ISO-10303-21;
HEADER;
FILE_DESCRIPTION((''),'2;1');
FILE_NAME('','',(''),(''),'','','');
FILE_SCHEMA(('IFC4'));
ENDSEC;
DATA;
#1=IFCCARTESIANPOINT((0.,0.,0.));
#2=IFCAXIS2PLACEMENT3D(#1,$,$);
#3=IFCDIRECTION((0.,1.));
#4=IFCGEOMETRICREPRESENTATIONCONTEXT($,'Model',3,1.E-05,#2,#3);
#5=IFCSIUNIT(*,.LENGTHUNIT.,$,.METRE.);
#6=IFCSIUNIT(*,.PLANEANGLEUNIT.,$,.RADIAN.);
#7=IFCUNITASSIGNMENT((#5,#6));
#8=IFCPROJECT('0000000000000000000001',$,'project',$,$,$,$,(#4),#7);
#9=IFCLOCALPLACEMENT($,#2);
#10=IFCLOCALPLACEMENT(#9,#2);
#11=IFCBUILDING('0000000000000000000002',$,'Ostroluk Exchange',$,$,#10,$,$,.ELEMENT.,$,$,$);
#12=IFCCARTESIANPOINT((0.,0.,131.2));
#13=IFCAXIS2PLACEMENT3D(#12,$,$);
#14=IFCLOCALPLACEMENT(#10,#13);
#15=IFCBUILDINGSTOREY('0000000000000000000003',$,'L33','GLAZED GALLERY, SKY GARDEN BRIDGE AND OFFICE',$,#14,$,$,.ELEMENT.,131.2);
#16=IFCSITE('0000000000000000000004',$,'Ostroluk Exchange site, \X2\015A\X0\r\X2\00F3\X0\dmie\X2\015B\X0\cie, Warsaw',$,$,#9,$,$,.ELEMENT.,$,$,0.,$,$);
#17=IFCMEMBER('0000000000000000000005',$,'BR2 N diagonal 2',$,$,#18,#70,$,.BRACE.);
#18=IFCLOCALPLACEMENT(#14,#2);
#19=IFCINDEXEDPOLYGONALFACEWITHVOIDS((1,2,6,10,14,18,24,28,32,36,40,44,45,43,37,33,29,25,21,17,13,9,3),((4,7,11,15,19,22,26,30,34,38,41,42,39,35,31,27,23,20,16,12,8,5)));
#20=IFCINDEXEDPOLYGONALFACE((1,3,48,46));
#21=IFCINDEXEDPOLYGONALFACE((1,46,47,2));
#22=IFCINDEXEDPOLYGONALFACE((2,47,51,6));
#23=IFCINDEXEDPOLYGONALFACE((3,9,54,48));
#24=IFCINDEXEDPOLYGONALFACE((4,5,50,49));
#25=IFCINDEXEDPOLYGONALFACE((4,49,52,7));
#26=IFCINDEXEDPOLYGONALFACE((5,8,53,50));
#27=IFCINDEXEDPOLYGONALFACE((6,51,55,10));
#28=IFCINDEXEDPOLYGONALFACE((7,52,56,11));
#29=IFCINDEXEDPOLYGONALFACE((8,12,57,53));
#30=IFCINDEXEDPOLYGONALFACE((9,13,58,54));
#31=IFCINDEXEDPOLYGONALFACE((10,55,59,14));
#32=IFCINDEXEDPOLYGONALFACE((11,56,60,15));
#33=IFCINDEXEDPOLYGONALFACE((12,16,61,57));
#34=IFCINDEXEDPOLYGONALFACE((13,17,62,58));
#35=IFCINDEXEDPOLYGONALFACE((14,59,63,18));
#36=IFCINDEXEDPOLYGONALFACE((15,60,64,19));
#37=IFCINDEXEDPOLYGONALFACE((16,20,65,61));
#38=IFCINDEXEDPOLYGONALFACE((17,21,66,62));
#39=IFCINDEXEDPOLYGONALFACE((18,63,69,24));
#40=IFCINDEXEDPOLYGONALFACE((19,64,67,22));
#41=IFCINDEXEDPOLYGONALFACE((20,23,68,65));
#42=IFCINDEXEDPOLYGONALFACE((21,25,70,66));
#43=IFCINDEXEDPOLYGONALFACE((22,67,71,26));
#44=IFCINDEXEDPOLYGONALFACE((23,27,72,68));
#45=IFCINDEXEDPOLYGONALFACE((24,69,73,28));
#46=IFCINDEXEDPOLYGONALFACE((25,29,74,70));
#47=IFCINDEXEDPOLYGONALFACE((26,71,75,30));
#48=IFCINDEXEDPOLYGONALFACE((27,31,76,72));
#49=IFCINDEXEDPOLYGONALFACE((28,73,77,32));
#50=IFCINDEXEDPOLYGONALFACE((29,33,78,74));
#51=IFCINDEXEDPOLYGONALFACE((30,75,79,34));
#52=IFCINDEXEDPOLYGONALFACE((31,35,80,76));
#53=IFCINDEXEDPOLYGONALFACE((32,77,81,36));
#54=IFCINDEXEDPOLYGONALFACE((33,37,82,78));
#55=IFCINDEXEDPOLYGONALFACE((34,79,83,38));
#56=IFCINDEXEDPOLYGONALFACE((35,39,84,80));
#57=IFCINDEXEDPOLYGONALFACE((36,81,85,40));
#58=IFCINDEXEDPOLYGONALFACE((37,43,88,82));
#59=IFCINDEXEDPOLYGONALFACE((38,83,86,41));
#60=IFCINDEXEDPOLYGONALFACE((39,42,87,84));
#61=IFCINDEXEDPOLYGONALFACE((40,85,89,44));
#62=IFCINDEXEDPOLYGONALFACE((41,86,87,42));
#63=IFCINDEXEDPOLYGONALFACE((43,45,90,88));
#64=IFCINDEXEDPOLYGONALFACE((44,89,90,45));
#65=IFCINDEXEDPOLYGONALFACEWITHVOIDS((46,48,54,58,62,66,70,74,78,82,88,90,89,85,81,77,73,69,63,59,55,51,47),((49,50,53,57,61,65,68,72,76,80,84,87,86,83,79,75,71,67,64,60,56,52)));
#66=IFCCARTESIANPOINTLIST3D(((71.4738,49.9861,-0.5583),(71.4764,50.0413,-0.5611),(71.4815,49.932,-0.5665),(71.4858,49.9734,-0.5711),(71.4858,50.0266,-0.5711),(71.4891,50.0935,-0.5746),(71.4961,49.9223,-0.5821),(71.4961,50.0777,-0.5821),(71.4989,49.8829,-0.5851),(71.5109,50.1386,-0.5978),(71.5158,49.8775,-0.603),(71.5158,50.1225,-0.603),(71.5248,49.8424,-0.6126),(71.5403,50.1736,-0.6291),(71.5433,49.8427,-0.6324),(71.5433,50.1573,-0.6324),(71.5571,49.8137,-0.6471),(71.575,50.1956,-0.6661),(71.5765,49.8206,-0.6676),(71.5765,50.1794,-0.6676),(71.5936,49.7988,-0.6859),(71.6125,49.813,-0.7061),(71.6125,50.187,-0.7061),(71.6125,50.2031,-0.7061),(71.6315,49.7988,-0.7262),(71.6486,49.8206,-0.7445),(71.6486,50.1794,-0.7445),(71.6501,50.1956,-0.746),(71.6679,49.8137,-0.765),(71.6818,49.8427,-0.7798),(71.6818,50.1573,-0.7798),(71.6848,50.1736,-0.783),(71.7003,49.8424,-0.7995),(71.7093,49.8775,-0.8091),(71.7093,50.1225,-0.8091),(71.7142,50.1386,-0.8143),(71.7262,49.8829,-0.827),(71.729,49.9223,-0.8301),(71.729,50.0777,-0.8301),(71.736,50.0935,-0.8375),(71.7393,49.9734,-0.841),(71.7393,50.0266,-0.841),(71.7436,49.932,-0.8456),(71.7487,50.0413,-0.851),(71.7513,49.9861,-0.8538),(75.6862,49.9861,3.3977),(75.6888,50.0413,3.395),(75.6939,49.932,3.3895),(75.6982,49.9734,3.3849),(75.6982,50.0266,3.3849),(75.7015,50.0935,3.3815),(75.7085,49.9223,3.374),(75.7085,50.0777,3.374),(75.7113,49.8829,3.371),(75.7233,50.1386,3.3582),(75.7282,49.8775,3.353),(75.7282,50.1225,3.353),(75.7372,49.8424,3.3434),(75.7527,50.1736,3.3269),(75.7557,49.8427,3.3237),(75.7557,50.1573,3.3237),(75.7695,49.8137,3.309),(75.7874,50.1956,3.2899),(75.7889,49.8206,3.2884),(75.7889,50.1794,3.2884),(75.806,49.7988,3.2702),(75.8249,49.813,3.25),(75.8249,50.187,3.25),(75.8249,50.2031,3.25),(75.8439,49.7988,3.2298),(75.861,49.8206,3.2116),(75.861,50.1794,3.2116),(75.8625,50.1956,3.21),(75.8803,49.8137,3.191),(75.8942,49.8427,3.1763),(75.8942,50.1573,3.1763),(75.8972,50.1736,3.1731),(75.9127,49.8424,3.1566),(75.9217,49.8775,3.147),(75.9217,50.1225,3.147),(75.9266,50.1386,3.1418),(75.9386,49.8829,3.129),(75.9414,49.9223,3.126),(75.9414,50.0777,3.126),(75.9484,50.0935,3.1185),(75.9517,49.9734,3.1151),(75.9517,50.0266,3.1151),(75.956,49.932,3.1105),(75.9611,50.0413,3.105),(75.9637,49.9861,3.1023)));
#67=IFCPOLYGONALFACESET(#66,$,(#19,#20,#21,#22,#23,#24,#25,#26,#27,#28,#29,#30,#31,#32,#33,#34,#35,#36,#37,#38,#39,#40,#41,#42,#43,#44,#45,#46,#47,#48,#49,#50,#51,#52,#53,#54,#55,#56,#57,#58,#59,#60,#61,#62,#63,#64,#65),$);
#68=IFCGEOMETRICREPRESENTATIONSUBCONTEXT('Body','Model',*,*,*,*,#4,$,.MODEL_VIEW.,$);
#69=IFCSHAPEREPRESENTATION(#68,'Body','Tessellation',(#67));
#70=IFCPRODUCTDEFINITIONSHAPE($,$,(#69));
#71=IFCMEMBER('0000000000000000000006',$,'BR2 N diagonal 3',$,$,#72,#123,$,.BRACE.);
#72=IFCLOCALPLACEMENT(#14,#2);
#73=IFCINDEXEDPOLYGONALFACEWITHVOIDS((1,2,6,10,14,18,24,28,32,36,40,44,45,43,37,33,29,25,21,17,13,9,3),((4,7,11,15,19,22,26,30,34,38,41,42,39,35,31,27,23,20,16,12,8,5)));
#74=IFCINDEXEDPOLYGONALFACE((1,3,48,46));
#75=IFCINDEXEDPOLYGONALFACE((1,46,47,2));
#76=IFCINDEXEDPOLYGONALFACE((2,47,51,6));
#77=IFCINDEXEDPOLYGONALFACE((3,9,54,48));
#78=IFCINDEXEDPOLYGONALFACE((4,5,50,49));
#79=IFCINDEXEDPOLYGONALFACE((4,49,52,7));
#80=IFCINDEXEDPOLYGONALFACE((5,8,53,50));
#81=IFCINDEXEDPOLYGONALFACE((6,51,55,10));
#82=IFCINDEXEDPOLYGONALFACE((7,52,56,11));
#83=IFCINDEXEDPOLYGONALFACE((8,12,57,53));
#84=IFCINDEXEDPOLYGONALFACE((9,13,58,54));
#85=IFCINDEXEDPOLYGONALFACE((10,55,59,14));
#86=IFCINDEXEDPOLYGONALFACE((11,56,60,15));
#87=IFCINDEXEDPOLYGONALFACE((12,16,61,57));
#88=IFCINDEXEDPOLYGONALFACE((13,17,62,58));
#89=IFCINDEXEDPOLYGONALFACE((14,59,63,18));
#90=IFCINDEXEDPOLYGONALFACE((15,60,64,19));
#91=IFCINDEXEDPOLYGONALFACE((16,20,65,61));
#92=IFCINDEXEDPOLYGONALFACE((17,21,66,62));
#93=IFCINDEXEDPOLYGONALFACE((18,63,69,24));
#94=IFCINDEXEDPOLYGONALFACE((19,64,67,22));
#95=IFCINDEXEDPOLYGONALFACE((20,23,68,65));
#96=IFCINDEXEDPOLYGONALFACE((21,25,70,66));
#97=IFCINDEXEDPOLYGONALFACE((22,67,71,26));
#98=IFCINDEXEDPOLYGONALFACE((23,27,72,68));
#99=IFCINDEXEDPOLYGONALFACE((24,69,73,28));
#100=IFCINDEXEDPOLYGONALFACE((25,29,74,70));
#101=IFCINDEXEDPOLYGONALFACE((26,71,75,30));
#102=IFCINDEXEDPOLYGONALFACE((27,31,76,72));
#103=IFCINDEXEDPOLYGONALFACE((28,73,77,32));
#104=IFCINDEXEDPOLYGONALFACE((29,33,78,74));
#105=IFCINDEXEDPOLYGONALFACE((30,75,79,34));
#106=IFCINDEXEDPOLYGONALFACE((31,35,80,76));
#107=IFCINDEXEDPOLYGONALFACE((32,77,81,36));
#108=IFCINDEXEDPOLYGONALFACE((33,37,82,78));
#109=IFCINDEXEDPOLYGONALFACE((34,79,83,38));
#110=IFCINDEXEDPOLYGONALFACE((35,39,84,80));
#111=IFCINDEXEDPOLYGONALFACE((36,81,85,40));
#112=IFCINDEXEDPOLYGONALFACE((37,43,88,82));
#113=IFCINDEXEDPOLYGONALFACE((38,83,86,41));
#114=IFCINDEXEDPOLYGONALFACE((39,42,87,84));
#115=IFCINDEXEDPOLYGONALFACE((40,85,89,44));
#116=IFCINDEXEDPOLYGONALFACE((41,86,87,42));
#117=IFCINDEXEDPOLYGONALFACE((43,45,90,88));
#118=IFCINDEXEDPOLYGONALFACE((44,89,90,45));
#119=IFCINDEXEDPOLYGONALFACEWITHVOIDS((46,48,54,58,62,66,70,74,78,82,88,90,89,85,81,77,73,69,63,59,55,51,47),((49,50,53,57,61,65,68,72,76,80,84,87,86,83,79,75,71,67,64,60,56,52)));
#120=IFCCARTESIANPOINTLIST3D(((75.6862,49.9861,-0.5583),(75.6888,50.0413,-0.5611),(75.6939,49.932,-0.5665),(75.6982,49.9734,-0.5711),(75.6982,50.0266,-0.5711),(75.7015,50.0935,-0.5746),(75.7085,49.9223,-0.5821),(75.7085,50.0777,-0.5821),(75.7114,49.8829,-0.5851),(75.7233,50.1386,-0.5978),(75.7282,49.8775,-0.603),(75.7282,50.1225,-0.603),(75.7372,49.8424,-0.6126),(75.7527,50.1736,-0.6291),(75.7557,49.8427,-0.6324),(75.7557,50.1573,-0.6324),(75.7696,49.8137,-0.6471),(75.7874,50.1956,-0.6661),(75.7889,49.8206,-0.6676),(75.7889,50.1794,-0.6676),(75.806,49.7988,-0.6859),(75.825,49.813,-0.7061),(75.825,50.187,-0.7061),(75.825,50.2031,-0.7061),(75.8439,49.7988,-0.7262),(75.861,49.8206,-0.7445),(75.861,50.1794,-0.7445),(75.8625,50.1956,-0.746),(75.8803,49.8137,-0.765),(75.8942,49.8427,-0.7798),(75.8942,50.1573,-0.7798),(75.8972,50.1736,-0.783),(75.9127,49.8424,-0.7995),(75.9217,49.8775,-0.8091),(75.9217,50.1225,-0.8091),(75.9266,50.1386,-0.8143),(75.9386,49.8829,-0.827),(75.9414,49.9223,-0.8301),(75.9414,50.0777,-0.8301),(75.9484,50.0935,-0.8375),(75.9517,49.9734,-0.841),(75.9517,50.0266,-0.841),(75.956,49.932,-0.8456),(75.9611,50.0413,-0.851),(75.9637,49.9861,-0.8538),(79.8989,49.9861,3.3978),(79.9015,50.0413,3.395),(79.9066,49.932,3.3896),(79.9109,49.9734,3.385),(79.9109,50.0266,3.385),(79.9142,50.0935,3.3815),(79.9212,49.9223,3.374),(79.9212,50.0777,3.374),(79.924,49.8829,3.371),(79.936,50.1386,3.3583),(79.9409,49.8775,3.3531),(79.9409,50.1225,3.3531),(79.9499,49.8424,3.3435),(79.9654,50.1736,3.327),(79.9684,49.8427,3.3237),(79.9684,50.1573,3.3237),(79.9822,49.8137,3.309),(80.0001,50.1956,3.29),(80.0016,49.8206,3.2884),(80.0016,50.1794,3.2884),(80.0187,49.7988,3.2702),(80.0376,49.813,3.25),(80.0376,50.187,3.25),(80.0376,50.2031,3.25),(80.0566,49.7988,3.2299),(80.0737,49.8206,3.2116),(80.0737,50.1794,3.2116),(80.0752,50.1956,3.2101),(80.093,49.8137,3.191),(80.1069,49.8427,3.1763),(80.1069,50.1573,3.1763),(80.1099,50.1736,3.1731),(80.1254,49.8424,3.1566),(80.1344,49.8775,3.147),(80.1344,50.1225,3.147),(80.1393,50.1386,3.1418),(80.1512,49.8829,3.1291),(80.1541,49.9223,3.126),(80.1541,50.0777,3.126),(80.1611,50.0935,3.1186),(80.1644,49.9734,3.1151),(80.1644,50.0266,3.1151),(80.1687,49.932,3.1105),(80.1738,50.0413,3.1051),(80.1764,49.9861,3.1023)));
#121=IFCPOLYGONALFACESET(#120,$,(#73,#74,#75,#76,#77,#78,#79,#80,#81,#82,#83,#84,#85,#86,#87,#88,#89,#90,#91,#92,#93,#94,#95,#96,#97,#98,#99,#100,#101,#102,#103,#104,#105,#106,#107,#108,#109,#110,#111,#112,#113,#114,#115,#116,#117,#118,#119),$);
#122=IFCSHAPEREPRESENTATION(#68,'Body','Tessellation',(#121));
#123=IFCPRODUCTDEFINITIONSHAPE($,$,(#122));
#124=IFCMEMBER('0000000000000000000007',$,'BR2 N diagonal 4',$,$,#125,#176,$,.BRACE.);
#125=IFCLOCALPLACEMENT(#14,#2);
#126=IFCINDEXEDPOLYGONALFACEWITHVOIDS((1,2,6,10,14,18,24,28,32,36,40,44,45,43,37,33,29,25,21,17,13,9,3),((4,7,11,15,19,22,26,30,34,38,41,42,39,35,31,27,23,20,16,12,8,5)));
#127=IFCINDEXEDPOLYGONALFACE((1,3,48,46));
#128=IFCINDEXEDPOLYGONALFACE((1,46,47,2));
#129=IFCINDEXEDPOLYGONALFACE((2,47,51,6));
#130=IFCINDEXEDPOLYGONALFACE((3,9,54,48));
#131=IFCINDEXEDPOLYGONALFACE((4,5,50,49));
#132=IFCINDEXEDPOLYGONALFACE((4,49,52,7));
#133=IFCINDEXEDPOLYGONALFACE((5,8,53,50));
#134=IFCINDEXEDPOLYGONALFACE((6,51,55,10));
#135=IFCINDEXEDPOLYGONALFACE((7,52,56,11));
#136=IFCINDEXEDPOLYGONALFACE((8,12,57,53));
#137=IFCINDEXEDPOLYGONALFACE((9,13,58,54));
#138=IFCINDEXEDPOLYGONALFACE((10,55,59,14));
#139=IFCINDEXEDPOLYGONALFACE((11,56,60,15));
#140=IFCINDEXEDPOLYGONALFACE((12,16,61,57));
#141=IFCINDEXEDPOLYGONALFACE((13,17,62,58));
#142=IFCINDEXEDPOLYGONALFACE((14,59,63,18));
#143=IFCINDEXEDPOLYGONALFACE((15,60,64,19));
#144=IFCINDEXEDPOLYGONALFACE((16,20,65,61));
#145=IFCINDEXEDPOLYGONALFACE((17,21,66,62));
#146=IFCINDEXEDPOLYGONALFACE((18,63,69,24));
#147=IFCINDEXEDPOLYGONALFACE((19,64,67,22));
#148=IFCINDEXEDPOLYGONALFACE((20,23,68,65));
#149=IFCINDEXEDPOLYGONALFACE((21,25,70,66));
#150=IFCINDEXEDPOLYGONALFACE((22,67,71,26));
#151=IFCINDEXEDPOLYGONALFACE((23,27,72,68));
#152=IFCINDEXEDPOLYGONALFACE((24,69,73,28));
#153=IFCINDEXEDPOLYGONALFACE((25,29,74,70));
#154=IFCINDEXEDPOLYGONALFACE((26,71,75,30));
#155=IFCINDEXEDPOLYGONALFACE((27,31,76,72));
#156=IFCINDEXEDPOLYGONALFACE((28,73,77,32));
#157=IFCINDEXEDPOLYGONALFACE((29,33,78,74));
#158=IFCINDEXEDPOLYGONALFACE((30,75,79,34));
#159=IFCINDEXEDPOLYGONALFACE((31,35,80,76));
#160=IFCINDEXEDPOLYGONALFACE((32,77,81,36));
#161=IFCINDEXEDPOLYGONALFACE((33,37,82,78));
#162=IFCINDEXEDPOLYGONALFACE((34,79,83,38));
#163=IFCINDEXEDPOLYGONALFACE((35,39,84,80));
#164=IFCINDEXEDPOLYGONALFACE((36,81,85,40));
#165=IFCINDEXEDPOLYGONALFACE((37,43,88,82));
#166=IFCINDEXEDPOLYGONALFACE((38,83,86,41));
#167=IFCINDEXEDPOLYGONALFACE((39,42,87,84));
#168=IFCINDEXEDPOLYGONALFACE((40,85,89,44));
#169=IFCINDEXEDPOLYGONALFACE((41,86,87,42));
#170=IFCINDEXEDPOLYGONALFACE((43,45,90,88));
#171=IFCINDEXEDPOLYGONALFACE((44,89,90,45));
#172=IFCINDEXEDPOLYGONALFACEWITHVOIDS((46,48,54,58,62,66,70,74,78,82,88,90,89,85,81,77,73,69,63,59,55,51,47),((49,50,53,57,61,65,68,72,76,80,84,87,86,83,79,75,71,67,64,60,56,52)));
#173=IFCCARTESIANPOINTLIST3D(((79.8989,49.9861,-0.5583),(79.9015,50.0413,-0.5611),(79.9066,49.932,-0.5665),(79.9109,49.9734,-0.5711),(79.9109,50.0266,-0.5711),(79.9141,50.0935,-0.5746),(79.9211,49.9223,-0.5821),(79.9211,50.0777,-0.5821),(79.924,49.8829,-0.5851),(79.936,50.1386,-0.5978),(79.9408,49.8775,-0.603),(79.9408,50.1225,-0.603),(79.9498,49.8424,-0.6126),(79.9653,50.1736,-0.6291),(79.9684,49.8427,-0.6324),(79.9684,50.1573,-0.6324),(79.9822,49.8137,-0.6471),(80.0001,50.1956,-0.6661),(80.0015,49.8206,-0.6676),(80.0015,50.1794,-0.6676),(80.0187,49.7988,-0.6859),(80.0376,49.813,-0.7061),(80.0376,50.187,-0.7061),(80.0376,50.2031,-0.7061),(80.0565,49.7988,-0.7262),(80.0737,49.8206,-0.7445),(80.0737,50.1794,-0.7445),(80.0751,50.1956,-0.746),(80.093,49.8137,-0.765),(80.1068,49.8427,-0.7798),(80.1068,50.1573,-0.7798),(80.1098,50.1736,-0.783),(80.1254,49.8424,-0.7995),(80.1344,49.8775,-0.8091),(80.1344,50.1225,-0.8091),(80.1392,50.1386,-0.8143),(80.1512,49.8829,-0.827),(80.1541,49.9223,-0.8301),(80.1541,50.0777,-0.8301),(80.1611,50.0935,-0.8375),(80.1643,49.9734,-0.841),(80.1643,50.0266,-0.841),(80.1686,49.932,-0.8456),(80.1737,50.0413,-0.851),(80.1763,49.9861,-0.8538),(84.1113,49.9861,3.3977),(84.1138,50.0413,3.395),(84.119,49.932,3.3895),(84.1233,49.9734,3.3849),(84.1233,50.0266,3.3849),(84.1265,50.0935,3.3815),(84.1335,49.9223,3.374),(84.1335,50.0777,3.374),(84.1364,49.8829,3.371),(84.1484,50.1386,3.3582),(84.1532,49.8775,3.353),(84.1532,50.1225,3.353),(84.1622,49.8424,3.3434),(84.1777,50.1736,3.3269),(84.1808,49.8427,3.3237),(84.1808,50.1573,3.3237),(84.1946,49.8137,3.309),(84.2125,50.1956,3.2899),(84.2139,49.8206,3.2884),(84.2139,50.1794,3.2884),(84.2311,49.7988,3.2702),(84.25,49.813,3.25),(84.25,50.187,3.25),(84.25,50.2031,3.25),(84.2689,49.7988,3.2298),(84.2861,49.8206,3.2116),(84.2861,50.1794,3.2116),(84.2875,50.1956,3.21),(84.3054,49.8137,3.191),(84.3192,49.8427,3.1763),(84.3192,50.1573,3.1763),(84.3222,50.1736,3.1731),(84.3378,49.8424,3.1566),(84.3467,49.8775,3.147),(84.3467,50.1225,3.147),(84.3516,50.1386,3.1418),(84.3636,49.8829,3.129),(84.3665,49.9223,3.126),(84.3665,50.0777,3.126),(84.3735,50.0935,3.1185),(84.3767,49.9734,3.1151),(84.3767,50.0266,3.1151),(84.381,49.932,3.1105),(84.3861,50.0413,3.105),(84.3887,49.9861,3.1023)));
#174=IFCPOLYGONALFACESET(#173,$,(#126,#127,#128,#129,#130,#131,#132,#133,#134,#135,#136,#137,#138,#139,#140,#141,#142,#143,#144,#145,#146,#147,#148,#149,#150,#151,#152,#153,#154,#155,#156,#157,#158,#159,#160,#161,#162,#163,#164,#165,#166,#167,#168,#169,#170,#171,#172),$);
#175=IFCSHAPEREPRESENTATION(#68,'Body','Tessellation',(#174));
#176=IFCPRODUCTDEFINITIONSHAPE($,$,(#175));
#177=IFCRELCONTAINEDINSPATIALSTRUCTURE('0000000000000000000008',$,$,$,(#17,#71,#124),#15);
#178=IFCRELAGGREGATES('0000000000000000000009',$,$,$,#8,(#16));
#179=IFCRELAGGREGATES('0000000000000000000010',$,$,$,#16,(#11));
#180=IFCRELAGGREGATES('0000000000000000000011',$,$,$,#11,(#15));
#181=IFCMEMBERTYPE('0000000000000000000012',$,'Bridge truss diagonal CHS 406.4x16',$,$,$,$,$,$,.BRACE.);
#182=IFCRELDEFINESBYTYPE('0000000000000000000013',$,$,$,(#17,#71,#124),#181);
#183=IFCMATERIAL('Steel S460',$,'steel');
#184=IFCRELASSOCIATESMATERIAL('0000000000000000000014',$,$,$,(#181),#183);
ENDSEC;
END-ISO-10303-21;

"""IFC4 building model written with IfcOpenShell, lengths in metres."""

from ifc_helpers import new_model, si_unit, direction, frame, origin, origin_2d, place, context, subcontext, project, spatial, hollow_circle, extrude, material, material_profile, profile_set, type_object, element, save


model = new_model("IFC4")

# Units and contexts
model_context = context("Model", 3, precision=1e-05, world=origin(), true_north=direction((0.0, 1.0)))
body_context = subcontext(model_context, "Body", "Model", "MODEL_VIEW")
ifc_project = project(units=[si_unit("LENGTHUNIT", "METRE"), si_unit("PLANEANGLEUNIT", "RADIAN")], contexts=[model_context])

# Site, building, storey
site_placement = place(None, origin())
site = spatial("IfcSite", under=ifc_project, at=site_placement, Name="Ostroluk Exchange site, Śródmieście, Warsaw", CompositionType="ELEMENT", RefElevation=0.0)
building_placement = place(site_placement, origin())
building = spatial("IfcBuilding", under=site, at=building_placement, Name="Ostroluk Exchange", CompositionType="ELEMENT")
storey_placement = place(building_placement, frame((0.0, 0.0, 131.2)))
storey = spatial("IfcBuildingStorey", under=building, at=storey_placement, Name="L33", Description="GLAZED GALLERY, SKY GARDEN BRIDGE AND OFFICE", CompositionType="ELEMENT", Elevation=131.2)

# Members
ifc_material_1 = material(Name="Steel S460", Category="steel")
ifc_material_profile_1 = material_profile(ifc_material_1, hollow_circle(Radius=0.2031, WallThickness=0.0161, at=origin_2d()), Name="CHS 406.4x16")
ifc_profile_set_1 = profile_set([ifc_material_profile_1], Name="Steel S460")
member_type_1 = type_object("IfcMemberType", Name="Bridge truss diagonal CHS 406.4x16", PredefinedType="BRACE", material=ifc_profile_set_1)
member_1_placement = place(storey_placement, frame((71.6125, 50.0, -0.7061), z_axis=(0.728939, 0.0, 0.684579), x_axis=(0.0, 1.0, 0.0)))
element("IfcMember", 1, at=member_1_placement, inside=storey, type_object=member_type_1, Name="BR2 N diagonal 2", PredefinedType="BRACE", context=body_context, shape_type="SweptSolid", body=[
    extrude(hollow_circle(Radius=0.2031, WallThickness=0.0161, at=origin_2d()), origin(), (0.0, 0.0, 1.0), 5.7788),
])
member_2_placement = place(storey_placement, frame((75.825, 50.0, -0.7061), z_axis=(0.728959, 0.0, 0.684558), x_axis=(0.0, 1.0, 0.0)))
element("IfcMember", 2, at=member_2_placement, inside=storey, type_object=member_type_1, Name="BR2 N diagonal 3", PredefinedType="BRACE", context=body_context, shape_type="SweptSolid", body=[
    extrude(hollow_circle(Radius=0.2031, WallThickness=0.0161, at=origin_2d()), origin(), (0.0, 0.0, 1.0), 5.7791),
])
member_3_placement = place(storey_placement, frame((80.0376, 50.0, -0.7061), z_axis=(0.728939, 0.0, 0.684579), x_axis=(0.0, 1.0, 0.0)))
element("IfcMember", 3, at=member_3_placement, inside=storey, type_object=member_type_1, Name="BR2 N diagonal 4", PredefinedType="BRACE", context=body_context, shape_type="SweptSolid", body=[
    extrude(hollow_circle(Radius=0.2031, WallThickness=0.0161, at=origin_2d()), origin(), (0.0, 0.0, 1.0), 5.7788),
])

save(model, "model.ifc")
